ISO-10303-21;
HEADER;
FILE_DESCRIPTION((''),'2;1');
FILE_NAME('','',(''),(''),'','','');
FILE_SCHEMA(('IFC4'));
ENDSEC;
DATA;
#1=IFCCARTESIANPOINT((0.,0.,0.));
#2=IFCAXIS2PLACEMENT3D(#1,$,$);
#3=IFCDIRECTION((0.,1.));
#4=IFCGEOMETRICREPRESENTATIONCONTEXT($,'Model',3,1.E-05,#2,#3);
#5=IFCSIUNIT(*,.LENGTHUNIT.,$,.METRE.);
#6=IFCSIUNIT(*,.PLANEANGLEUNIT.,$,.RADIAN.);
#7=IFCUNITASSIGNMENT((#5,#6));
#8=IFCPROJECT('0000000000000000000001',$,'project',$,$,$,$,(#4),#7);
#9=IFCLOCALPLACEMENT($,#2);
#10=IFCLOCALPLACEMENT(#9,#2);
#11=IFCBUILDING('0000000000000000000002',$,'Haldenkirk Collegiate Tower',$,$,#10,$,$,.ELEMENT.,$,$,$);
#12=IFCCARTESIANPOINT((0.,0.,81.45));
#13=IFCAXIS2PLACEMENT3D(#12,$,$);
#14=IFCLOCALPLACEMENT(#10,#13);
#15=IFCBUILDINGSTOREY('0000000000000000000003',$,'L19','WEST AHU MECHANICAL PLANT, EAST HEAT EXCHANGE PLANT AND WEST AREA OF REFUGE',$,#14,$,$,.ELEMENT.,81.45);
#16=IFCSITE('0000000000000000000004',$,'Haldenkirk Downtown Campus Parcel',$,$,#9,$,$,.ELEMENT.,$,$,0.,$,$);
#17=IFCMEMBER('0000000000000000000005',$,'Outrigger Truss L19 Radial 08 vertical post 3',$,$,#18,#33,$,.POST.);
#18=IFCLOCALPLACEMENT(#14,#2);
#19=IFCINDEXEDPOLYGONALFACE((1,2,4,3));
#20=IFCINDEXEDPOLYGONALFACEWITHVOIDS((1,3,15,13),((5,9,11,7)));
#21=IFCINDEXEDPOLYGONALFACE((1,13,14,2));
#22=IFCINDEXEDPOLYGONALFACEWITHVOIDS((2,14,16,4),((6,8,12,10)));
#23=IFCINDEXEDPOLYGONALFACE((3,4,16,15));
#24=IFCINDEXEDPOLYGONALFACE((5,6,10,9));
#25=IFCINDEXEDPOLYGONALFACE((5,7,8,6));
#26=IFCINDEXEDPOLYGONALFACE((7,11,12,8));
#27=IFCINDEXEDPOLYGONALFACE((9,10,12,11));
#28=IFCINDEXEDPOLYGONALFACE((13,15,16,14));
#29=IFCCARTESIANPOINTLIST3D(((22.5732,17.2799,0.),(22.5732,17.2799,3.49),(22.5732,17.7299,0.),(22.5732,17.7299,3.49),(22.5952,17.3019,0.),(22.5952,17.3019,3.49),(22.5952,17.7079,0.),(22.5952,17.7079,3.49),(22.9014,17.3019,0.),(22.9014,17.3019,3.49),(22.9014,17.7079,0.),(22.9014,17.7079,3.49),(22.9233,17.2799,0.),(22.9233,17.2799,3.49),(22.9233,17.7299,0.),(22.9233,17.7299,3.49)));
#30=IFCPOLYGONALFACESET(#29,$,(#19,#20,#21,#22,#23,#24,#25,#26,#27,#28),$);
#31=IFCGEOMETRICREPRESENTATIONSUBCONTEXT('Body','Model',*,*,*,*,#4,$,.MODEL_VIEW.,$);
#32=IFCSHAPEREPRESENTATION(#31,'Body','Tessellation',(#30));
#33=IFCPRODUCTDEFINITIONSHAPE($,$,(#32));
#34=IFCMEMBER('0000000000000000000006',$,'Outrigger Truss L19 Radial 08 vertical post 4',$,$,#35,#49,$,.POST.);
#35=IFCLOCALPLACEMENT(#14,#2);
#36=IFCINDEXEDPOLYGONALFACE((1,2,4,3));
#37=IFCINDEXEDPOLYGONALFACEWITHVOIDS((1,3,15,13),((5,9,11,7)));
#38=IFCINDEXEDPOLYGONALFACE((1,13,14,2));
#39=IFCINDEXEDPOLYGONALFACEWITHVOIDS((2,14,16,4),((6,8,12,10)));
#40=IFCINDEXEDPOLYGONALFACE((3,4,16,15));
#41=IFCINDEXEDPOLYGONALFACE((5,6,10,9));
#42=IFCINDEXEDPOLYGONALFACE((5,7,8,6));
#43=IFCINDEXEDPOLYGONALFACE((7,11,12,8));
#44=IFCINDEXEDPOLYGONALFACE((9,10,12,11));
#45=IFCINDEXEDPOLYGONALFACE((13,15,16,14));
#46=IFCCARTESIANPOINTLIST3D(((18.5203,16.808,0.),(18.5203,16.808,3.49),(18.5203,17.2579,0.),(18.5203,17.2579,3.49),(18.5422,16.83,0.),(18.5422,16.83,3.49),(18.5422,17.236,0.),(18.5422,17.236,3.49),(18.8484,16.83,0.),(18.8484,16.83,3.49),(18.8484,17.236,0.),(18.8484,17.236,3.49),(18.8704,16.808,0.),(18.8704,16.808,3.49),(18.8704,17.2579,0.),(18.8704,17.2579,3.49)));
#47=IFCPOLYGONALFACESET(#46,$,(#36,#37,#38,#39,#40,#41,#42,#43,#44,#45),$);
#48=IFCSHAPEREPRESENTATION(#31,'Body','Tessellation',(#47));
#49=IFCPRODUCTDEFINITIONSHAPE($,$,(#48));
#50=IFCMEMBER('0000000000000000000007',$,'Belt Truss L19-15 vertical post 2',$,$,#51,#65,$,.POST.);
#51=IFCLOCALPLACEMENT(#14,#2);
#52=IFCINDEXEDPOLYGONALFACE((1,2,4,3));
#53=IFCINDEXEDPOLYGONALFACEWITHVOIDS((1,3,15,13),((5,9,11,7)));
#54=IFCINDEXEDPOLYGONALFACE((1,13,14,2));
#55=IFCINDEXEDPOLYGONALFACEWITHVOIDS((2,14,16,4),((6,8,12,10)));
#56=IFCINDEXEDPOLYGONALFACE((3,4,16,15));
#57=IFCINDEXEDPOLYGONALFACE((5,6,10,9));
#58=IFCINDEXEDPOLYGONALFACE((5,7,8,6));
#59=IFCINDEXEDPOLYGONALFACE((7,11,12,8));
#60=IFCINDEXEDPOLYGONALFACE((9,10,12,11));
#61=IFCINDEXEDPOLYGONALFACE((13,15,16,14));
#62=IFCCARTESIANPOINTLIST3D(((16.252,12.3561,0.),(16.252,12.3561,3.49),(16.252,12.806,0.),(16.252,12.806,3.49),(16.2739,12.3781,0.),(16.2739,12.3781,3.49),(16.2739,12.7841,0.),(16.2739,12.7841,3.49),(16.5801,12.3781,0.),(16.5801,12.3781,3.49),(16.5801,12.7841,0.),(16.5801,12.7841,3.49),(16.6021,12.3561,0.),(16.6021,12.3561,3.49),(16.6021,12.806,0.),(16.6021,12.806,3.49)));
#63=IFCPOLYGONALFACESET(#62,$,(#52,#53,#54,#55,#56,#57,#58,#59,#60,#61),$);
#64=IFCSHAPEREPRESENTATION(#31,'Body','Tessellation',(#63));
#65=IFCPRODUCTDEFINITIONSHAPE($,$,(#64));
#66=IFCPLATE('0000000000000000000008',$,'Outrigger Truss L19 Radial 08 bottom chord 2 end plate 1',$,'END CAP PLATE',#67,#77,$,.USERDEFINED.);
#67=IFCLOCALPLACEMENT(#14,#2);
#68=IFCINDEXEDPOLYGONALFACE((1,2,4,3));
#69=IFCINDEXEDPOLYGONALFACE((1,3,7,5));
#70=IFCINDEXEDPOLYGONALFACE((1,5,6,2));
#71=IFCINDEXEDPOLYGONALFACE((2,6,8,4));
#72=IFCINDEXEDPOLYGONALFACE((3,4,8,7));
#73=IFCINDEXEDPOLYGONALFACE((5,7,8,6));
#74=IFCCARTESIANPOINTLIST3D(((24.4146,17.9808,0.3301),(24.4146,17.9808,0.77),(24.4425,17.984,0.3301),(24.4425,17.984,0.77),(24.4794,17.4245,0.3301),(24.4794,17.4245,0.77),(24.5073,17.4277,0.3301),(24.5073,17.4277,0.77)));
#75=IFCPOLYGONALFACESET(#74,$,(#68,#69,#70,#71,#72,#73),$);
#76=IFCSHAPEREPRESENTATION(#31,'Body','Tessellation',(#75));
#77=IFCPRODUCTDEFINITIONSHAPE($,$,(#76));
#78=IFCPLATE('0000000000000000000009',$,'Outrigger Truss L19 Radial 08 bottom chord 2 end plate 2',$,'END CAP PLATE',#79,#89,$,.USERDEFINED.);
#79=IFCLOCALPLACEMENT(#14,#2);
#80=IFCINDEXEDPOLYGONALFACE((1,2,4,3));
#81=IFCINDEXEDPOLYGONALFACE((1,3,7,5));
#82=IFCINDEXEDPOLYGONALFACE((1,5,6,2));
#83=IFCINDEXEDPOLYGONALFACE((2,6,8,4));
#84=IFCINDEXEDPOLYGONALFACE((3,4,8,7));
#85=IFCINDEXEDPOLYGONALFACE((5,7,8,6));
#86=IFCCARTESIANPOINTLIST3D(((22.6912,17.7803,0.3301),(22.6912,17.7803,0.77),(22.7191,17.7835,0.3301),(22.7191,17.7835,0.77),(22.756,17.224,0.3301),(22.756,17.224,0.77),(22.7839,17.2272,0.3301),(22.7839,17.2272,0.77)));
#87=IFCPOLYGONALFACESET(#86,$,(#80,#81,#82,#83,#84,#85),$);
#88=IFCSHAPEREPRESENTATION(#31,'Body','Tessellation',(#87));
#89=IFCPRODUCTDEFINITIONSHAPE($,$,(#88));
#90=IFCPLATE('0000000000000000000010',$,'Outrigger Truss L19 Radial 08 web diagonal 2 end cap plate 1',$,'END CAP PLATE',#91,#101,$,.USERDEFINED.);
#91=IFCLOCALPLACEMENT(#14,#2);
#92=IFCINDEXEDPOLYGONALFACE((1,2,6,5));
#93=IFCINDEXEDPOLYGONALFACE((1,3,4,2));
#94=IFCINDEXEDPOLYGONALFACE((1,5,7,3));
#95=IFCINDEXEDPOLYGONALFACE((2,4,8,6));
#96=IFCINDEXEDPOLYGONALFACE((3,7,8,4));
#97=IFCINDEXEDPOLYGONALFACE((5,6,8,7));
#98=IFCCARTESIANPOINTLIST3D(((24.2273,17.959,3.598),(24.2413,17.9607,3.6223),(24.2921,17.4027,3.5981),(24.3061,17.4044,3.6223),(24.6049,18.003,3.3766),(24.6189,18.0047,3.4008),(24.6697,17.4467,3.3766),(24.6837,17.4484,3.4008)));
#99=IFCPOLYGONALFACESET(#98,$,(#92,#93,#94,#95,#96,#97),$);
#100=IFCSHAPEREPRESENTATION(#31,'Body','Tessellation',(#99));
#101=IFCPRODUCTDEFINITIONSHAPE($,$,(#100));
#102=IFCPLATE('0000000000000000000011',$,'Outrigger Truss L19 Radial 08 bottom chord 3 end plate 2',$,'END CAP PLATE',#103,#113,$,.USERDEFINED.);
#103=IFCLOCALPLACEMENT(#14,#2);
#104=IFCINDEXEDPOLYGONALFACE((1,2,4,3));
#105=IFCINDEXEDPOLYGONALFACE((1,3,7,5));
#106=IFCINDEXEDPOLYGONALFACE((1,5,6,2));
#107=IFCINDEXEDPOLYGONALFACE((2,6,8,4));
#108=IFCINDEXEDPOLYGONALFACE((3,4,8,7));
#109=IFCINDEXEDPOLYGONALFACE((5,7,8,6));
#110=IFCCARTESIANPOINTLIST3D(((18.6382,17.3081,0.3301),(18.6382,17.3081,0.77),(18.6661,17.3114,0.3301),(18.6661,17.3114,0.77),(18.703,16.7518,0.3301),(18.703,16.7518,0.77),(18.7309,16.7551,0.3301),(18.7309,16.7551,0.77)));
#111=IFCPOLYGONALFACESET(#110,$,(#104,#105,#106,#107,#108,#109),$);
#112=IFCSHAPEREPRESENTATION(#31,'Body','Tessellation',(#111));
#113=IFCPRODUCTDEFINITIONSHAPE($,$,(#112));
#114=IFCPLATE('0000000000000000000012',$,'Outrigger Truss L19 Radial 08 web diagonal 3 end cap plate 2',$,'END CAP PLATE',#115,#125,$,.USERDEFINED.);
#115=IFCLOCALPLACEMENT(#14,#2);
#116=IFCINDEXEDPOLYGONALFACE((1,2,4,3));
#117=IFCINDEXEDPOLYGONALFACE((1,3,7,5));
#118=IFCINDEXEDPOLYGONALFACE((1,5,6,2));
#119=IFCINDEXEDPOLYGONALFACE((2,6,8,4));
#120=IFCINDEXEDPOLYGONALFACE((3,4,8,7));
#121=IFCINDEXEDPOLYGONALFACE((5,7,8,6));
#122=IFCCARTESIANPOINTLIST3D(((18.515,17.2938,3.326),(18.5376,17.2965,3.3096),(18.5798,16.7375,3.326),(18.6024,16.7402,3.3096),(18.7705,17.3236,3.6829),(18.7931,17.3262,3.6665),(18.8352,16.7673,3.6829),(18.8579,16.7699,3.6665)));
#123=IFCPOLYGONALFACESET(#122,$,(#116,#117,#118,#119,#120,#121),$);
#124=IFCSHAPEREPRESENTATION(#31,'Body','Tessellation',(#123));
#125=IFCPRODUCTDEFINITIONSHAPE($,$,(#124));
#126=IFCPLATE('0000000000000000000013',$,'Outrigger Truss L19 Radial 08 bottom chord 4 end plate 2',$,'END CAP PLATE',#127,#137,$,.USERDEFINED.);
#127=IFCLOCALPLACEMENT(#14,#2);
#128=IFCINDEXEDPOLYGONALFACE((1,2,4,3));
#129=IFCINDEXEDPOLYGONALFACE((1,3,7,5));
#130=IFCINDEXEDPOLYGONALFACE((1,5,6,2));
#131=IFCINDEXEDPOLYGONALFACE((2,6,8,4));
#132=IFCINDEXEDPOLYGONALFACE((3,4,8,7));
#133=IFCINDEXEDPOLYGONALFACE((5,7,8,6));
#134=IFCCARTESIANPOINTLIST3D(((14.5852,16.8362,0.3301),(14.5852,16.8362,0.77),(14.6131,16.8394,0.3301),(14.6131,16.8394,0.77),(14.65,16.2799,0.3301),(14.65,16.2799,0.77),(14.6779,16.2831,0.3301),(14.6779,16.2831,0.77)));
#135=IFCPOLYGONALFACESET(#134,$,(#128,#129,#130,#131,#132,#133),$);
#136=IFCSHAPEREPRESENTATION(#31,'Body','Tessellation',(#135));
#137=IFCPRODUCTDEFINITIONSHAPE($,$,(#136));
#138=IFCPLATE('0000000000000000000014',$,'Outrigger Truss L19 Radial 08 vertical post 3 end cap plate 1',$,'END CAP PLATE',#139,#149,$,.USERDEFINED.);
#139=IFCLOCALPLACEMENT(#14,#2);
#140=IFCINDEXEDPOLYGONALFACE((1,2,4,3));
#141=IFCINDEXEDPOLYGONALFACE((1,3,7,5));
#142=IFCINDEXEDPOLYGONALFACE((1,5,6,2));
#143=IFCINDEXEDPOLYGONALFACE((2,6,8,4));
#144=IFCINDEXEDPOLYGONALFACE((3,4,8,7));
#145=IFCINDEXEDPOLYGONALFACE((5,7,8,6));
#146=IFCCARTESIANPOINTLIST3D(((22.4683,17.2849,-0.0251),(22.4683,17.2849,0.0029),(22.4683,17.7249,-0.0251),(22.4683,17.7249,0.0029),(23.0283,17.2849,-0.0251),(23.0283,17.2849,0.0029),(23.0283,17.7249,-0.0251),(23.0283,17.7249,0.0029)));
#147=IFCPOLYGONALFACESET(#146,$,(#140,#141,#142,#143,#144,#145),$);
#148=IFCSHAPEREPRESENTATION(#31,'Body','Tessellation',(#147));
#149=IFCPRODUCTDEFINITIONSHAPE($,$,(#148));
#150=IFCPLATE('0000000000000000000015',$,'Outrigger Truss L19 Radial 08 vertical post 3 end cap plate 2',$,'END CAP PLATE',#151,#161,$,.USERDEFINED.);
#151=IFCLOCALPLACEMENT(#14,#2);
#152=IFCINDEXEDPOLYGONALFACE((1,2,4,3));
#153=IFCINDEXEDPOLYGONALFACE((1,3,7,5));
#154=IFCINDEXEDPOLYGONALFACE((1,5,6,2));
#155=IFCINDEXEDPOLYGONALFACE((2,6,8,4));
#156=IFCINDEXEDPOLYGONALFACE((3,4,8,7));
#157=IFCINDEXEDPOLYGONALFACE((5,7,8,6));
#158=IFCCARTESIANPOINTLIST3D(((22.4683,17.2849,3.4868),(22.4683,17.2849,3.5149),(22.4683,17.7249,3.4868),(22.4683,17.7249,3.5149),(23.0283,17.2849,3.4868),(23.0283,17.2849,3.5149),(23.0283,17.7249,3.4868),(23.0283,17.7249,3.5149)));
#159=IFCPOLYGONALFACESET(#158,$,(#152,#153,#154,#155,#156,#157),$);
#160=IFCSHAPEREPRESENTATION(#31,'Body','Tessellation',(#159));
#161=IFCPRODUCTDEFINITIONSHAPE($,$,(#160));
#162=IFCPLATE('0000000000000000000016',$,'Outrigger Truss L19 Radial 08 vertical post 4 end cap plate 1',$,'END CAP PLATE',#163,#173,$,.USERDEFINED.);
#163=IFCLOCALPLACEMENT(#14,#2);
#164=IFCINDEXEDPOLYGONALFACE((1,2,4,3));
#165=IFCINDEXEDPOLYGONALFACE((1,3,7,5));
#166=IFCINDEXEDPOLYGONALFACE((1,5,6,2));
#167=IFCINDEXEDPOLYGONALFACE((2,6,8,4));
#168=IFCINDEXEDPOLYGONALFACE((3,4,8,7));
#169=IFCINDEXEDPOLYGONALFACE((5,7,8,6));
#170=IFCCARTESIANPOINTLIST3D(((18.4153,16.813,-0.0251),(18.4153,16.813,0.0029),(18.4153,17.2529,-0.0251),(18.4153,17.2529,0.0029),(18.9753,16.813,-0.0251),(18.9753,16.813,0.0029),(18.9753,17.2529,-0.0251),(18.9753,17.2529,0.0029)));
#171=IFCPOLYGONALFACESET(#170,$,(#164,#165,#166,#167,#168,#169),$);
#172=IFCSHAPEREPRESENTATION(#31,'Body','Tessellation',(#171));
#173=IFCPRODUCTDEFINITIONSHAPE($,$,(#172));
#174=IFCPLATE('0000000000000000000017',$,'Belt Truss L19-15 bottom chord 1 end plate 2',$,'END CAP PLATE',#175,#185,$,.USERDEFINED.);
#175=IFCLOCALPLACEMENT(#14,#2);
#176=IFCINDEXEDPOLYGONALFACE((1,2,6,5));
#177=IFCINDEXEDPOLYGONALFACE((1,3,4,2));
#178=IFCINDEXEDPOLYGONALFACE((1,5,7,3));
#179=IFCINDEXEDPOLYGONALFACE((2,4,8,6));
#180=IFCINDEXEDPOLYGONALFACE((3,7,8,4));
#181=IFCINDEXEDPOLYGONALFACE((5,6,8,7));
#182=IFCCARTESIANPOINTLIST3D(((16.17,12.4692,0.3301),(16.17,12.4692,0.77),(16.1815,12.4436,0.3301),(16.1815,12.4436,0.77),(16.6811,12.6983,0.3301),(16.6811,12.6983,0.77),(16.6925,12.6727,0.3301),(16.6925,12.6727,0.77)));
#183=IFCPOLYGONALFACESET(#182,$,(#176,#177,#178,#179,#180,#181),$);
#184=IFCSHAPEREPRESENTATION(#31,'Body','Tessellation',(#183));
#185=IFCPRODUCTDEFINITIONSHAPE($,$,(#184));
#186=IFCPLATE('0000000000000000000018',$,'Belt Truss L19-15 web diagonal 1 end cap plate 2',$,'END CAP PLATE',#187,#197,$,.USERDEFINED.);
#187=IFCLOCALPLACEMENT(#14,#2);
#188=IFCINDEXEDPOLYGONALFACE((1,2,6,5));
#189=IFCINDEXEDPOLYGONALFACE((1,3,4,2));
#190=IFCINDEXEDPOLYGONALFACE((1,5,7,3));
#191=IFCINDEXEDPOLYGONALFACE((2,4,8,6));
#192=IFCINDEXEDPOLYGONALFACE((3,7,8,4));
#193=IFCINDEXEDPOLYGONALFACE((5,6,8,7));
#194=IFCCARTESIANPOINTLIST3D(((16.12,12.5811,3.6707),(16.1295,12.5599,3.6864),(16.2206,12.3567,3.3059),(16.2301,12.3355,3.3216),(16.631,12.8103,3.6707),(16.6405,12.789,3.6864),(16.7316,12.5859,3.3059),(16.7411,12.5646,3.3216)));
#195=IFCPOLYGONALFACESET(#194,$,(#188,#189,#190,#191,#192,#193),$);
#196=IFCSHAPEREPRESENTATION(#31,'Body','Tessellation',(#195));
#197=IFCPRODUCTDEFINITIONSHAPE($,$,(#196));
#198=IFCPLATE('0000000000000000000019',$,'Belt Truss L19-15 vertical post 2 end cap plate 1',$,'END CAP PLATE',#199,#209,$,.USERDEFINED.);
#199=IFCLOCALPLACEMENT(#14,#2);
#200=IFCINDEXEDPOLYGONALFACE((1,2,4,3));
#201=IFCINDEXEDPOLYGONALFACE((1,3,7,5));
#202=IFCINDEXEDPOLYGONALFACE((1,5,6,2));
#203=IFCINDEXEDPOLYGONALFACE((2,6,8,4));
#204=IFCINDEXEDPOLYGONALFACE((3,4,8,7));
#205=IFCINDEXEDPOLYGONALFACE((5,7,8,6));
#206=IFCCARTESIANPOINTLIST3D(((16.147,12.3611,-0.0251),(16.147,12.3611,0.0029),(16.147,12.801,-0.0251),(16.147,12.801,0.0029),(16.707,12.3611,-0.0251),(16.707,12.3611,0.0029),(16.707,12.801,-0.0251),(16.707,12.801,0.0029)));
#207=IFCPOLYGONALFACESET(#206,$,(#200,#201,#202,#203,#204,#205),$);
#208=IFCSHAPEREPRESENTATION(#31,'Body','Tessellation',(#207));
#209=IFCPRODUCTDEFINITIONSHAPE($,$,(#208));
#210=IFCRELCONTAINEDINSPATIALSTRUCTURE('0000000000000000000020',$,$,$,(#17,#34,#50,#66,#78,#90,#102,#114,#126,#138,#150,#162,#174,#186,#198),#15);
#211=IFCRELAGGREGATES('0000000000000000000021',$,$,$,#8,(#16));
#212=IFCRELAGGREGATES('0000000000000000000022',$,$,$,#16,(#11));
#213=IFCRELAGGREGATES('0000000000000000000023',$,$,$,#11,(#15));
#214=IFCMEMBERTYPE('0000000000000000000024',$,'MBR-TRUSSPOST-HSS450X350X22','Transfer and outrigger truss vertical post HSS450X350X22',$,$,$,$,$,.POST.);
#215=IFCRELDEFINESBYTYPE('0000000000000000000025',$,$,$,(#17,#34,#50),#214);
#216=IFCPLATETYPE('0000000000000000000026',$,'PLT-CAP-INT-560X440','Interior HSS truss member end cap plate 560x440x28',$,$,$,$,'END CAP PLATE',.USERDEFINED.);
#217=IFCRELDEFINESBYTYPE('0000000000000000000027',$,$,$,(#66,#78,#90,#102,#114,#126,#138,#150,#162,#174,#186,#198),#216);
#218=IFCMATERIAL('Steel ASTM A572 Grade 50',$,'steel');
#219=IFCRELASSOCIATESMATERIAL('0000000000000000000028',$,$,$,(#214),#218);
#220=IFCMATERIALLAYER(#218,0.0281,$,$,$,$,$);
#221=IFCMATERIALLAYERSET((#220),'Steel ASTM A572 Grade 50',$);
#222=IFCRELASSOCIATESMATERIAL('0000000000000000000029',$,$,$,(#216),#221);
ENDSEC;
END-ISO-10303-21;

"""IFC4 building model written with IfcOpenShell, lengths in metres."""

from ifc_helpers import new_model, si_unit, direction, frame, origin, origin_2d, place, context, subcontext, project, spatial, rectangle, hollow_rectangle, extrude, source, transform, mapped, material, layer, layer_set, material_profile, profile_set, type_object, element, save


model = new_model("IFC4")

# Units and contexts
model_context = context("Model", 3, precision=1e-05, world=origin(), true_north=direction((0.0, 1.0)))
body_context = subcontext(model_context, "Body", "Model", "MODEL_VIEW")
ifc_project = project(units=[si_unit("LENGTHUNIT", "METRE"), si_unit("PLANEANGLEUNIT", "RADIAN")], contexts=[model_context])

# Site, building, storey
site_placement = place(None, origin())
site = spatial("IfcSite", under=ifc_project, at=site_placement, Name="Haldenkirk Downtown Campus Parcel", CompositionType="ELEMENT", RefElevation=0.0)
building_placement = place(site_placement, origin())
building = spatial("IfcBuilding", under=site, at=building_placement, Name="Haldenkirk Collegiate Tower", CompositionType="ELEMENT")
storey_placement = place(building_placement, frame((0.0, 0.0, 81.45)))
storey = spatial("IfcBuildingStorey", under=building, at=storey_placement, Name="L19", Description="WEST AHU MECHANICAL PLANT, EAST HEAT EXCHANGE PLANT AND WEST AREA OF REFUGE", CompositionType="ELEMENT", Elevation=81.45)

# Members
ifc_material_1 = material(Name="Steel ASTM A572 Grade 50", Category="steel")
ifc_material_profile_1 = material_profile(ifc_material_1, hollow_rectangle(XDim=0.3501, YDim=0.45, WallThickness=0.022, at=origin_2d()), Name="HSS450X350X22")
ifc_profile_set_1 = profile_set([ifc_material_profile_1], Name="Steel ASTM A572 Grade 50")
member_type_1 = type_object("IfcMemberType", Name="MBR-TRUSSPOST-HSS450X350X22", Description="Transfer and outrigger truss vertical post HSS450X350X22", PredefinedType="POST", material=ifc_profile_set_1)
for number, where, z_axis, x_axis, name in (
    (1, (22.7483, 17.5049, 0.0), (0.0, 0.0, 1.0), (1.0, 0.0, 0.0), "Outrigger Truss L19 Radial 08 vertical post 3"),
    (2, (18.6953, 17.033, 0.0), (0.0, 0.0, 1.0), (1.0, 0.0, 0.0), "Outrigger Truss L19 Radial 08 vertical post 4"),
    (3, (16.427, 12.5811, 0.0), (0.0, 0.0, 1.0), (1.0, 0.0, 0.0), "Belt Truss L19-15 vertical post 2"),
):
    element("IfcMember", number, at=place(storey_placement, frame(where, z_axis=z_axis, x_axis=x_axis)), inside=storey, type_object=member_type_1, Name=name, PredefinedType="POST", context=body_context, shape_type="SweptSolid", body=[
        extrude(hollow_rectangle(XDim=0.3501, YDim=0.45, WallThickness=0.022, at=origin_2d()), origin(), (0.0, 0.0, 1.0), 3.49),
    ])

# Plates
ifc_layer = layer(ifc_material_1, 0.0281)
ifc_layer_set = layer_set([ifc_layer], Name="Steel ASTM A572 Grade 50")
plate_type = type_object("IfcPlateType", Name="PLT-CAP-INT-560X440", Description="Interior HSS truss member end cap plate 560x440x28", ElementType="END CAP PLATE", PredefinedType="USERDEFINED", material=ifc_layer_set)
shared_shape = source(origin(), body_context, "Body", "SweptSolid", [
    extrude(rectangle(XDim=0.5601, YDim=0.4399, at=origin_2d()), origin(), (0.0, 0.0, 1.0), 0.0281),
])
for number, where, z_axis, x_axis, name in (
    (4, (24.447, 17.7026, 0.55), (0.993287, 0.115677, 0.0), (-0.115677, 0.993287, 0.0), "Outrigger Truss L19 Radial 08 bottom chord 2 end plate 1"),
    (5, (22.7515, 17.5054, 0.55), (-0.993287, -0.115677, 0.0), (0.115677, -0.993287, 0.0), "Outrigger Truss L19 Radial 08 bottom chord 2 end plate 2"),
    (6, (24.4485, 17.7029, 3.4873), (0.500074, 0.058248, 0.864021), (-0.115696, 0.993285, 0.0), "Outrigger Truss L19 Radial 08 web diagonal 2 end cap plate 1"),
    (7, (18.6985, 17.0332, 0.55), (-0.993287, -0.115677, 0.0), (0.115677, -0.993287, 0.0), "Outrigger Truss L19 Radial 08 bottom chord 3 end plate 2"),
    (8, (18.6978, 17.0332, 3.488), (-0.805888, -0.093851, 0.584582), (0.115675, -0.993287, 0.0), "Outrigger Truss L19 Radial 08 web diagonal 3 end cap plate 2"),
    (9, (14.6455, 16.5613, 0.55), (-0.993287, -0.115677, 0.0), (0.115677, -0.993287, 0.0), "Outrigger Truss L19 Radial 08 bottom chord 4 end plate 2"),
    (10, (22.7483, 17.5049, 0.0029), (0.0, 0.0, -1.0), (1.0, 0.0, 0.0), "Outrigger Truss L19 Radial 08 vertical post 3 end cap plate 1"),
    (11, (22.7483, 17.5049, 3.4868), (0.0, 0.0, 1.0), (1.0, 0.0, 0.0), "Outrigger Truss L19 Radial 08 vertical post 3 end cap plate 2"),
    (12, (18.6953, 17.033, 0.0029), (0.0, 0.0, -1.0), (1.0, 0.0, 0.0), "Outrigger Truss L19 Radial 08 vertical post 4 end cap plate 1"),
    (13, (16.4255, 12.5837, 0.55), (0.409127, -0.912477, 0.0), (0.912477, 0.409127, 0.0), "Belt Truss L19-15 bottom chord 1 end plate 2"),
    (14, (16.4258, 12.5835, 3.4883), (0.339258, -0.756634, 0.558935), (0.912474, 0.409134, 0.0), "Belt Truss L19-15 web diagonal 1 end cap plate 2"),
    (15, (16.427, 12.5811, 0.0029), (0.0, 0.0, -1.0), (1.0, 0.0, 0.0), "Belt Truss L19-15 vertical post 2 end cap plate 1"),
):
    element("IfcPlate", number, at=place(storey_placement, frame(where, z_axis=z_axis, x_axis=x_axis)), inside=storey, type_object=plate_type, Name=name, ObjectType="END CAP PLATE", PredefinedType="USERDEFINED", context=body_context, shape_type="MappedRepresentation", body=[
        mapped(shared_shape, transform((0.0, 0.0, 0.0), x_axis=(1.0, 0.0, 0.0), y_axis=(0.0, 1.0, 0.0), z_axis=(0.0, 0.0, 1.0), scale=1.0)),
    ])

save(model, "model.ifc")
